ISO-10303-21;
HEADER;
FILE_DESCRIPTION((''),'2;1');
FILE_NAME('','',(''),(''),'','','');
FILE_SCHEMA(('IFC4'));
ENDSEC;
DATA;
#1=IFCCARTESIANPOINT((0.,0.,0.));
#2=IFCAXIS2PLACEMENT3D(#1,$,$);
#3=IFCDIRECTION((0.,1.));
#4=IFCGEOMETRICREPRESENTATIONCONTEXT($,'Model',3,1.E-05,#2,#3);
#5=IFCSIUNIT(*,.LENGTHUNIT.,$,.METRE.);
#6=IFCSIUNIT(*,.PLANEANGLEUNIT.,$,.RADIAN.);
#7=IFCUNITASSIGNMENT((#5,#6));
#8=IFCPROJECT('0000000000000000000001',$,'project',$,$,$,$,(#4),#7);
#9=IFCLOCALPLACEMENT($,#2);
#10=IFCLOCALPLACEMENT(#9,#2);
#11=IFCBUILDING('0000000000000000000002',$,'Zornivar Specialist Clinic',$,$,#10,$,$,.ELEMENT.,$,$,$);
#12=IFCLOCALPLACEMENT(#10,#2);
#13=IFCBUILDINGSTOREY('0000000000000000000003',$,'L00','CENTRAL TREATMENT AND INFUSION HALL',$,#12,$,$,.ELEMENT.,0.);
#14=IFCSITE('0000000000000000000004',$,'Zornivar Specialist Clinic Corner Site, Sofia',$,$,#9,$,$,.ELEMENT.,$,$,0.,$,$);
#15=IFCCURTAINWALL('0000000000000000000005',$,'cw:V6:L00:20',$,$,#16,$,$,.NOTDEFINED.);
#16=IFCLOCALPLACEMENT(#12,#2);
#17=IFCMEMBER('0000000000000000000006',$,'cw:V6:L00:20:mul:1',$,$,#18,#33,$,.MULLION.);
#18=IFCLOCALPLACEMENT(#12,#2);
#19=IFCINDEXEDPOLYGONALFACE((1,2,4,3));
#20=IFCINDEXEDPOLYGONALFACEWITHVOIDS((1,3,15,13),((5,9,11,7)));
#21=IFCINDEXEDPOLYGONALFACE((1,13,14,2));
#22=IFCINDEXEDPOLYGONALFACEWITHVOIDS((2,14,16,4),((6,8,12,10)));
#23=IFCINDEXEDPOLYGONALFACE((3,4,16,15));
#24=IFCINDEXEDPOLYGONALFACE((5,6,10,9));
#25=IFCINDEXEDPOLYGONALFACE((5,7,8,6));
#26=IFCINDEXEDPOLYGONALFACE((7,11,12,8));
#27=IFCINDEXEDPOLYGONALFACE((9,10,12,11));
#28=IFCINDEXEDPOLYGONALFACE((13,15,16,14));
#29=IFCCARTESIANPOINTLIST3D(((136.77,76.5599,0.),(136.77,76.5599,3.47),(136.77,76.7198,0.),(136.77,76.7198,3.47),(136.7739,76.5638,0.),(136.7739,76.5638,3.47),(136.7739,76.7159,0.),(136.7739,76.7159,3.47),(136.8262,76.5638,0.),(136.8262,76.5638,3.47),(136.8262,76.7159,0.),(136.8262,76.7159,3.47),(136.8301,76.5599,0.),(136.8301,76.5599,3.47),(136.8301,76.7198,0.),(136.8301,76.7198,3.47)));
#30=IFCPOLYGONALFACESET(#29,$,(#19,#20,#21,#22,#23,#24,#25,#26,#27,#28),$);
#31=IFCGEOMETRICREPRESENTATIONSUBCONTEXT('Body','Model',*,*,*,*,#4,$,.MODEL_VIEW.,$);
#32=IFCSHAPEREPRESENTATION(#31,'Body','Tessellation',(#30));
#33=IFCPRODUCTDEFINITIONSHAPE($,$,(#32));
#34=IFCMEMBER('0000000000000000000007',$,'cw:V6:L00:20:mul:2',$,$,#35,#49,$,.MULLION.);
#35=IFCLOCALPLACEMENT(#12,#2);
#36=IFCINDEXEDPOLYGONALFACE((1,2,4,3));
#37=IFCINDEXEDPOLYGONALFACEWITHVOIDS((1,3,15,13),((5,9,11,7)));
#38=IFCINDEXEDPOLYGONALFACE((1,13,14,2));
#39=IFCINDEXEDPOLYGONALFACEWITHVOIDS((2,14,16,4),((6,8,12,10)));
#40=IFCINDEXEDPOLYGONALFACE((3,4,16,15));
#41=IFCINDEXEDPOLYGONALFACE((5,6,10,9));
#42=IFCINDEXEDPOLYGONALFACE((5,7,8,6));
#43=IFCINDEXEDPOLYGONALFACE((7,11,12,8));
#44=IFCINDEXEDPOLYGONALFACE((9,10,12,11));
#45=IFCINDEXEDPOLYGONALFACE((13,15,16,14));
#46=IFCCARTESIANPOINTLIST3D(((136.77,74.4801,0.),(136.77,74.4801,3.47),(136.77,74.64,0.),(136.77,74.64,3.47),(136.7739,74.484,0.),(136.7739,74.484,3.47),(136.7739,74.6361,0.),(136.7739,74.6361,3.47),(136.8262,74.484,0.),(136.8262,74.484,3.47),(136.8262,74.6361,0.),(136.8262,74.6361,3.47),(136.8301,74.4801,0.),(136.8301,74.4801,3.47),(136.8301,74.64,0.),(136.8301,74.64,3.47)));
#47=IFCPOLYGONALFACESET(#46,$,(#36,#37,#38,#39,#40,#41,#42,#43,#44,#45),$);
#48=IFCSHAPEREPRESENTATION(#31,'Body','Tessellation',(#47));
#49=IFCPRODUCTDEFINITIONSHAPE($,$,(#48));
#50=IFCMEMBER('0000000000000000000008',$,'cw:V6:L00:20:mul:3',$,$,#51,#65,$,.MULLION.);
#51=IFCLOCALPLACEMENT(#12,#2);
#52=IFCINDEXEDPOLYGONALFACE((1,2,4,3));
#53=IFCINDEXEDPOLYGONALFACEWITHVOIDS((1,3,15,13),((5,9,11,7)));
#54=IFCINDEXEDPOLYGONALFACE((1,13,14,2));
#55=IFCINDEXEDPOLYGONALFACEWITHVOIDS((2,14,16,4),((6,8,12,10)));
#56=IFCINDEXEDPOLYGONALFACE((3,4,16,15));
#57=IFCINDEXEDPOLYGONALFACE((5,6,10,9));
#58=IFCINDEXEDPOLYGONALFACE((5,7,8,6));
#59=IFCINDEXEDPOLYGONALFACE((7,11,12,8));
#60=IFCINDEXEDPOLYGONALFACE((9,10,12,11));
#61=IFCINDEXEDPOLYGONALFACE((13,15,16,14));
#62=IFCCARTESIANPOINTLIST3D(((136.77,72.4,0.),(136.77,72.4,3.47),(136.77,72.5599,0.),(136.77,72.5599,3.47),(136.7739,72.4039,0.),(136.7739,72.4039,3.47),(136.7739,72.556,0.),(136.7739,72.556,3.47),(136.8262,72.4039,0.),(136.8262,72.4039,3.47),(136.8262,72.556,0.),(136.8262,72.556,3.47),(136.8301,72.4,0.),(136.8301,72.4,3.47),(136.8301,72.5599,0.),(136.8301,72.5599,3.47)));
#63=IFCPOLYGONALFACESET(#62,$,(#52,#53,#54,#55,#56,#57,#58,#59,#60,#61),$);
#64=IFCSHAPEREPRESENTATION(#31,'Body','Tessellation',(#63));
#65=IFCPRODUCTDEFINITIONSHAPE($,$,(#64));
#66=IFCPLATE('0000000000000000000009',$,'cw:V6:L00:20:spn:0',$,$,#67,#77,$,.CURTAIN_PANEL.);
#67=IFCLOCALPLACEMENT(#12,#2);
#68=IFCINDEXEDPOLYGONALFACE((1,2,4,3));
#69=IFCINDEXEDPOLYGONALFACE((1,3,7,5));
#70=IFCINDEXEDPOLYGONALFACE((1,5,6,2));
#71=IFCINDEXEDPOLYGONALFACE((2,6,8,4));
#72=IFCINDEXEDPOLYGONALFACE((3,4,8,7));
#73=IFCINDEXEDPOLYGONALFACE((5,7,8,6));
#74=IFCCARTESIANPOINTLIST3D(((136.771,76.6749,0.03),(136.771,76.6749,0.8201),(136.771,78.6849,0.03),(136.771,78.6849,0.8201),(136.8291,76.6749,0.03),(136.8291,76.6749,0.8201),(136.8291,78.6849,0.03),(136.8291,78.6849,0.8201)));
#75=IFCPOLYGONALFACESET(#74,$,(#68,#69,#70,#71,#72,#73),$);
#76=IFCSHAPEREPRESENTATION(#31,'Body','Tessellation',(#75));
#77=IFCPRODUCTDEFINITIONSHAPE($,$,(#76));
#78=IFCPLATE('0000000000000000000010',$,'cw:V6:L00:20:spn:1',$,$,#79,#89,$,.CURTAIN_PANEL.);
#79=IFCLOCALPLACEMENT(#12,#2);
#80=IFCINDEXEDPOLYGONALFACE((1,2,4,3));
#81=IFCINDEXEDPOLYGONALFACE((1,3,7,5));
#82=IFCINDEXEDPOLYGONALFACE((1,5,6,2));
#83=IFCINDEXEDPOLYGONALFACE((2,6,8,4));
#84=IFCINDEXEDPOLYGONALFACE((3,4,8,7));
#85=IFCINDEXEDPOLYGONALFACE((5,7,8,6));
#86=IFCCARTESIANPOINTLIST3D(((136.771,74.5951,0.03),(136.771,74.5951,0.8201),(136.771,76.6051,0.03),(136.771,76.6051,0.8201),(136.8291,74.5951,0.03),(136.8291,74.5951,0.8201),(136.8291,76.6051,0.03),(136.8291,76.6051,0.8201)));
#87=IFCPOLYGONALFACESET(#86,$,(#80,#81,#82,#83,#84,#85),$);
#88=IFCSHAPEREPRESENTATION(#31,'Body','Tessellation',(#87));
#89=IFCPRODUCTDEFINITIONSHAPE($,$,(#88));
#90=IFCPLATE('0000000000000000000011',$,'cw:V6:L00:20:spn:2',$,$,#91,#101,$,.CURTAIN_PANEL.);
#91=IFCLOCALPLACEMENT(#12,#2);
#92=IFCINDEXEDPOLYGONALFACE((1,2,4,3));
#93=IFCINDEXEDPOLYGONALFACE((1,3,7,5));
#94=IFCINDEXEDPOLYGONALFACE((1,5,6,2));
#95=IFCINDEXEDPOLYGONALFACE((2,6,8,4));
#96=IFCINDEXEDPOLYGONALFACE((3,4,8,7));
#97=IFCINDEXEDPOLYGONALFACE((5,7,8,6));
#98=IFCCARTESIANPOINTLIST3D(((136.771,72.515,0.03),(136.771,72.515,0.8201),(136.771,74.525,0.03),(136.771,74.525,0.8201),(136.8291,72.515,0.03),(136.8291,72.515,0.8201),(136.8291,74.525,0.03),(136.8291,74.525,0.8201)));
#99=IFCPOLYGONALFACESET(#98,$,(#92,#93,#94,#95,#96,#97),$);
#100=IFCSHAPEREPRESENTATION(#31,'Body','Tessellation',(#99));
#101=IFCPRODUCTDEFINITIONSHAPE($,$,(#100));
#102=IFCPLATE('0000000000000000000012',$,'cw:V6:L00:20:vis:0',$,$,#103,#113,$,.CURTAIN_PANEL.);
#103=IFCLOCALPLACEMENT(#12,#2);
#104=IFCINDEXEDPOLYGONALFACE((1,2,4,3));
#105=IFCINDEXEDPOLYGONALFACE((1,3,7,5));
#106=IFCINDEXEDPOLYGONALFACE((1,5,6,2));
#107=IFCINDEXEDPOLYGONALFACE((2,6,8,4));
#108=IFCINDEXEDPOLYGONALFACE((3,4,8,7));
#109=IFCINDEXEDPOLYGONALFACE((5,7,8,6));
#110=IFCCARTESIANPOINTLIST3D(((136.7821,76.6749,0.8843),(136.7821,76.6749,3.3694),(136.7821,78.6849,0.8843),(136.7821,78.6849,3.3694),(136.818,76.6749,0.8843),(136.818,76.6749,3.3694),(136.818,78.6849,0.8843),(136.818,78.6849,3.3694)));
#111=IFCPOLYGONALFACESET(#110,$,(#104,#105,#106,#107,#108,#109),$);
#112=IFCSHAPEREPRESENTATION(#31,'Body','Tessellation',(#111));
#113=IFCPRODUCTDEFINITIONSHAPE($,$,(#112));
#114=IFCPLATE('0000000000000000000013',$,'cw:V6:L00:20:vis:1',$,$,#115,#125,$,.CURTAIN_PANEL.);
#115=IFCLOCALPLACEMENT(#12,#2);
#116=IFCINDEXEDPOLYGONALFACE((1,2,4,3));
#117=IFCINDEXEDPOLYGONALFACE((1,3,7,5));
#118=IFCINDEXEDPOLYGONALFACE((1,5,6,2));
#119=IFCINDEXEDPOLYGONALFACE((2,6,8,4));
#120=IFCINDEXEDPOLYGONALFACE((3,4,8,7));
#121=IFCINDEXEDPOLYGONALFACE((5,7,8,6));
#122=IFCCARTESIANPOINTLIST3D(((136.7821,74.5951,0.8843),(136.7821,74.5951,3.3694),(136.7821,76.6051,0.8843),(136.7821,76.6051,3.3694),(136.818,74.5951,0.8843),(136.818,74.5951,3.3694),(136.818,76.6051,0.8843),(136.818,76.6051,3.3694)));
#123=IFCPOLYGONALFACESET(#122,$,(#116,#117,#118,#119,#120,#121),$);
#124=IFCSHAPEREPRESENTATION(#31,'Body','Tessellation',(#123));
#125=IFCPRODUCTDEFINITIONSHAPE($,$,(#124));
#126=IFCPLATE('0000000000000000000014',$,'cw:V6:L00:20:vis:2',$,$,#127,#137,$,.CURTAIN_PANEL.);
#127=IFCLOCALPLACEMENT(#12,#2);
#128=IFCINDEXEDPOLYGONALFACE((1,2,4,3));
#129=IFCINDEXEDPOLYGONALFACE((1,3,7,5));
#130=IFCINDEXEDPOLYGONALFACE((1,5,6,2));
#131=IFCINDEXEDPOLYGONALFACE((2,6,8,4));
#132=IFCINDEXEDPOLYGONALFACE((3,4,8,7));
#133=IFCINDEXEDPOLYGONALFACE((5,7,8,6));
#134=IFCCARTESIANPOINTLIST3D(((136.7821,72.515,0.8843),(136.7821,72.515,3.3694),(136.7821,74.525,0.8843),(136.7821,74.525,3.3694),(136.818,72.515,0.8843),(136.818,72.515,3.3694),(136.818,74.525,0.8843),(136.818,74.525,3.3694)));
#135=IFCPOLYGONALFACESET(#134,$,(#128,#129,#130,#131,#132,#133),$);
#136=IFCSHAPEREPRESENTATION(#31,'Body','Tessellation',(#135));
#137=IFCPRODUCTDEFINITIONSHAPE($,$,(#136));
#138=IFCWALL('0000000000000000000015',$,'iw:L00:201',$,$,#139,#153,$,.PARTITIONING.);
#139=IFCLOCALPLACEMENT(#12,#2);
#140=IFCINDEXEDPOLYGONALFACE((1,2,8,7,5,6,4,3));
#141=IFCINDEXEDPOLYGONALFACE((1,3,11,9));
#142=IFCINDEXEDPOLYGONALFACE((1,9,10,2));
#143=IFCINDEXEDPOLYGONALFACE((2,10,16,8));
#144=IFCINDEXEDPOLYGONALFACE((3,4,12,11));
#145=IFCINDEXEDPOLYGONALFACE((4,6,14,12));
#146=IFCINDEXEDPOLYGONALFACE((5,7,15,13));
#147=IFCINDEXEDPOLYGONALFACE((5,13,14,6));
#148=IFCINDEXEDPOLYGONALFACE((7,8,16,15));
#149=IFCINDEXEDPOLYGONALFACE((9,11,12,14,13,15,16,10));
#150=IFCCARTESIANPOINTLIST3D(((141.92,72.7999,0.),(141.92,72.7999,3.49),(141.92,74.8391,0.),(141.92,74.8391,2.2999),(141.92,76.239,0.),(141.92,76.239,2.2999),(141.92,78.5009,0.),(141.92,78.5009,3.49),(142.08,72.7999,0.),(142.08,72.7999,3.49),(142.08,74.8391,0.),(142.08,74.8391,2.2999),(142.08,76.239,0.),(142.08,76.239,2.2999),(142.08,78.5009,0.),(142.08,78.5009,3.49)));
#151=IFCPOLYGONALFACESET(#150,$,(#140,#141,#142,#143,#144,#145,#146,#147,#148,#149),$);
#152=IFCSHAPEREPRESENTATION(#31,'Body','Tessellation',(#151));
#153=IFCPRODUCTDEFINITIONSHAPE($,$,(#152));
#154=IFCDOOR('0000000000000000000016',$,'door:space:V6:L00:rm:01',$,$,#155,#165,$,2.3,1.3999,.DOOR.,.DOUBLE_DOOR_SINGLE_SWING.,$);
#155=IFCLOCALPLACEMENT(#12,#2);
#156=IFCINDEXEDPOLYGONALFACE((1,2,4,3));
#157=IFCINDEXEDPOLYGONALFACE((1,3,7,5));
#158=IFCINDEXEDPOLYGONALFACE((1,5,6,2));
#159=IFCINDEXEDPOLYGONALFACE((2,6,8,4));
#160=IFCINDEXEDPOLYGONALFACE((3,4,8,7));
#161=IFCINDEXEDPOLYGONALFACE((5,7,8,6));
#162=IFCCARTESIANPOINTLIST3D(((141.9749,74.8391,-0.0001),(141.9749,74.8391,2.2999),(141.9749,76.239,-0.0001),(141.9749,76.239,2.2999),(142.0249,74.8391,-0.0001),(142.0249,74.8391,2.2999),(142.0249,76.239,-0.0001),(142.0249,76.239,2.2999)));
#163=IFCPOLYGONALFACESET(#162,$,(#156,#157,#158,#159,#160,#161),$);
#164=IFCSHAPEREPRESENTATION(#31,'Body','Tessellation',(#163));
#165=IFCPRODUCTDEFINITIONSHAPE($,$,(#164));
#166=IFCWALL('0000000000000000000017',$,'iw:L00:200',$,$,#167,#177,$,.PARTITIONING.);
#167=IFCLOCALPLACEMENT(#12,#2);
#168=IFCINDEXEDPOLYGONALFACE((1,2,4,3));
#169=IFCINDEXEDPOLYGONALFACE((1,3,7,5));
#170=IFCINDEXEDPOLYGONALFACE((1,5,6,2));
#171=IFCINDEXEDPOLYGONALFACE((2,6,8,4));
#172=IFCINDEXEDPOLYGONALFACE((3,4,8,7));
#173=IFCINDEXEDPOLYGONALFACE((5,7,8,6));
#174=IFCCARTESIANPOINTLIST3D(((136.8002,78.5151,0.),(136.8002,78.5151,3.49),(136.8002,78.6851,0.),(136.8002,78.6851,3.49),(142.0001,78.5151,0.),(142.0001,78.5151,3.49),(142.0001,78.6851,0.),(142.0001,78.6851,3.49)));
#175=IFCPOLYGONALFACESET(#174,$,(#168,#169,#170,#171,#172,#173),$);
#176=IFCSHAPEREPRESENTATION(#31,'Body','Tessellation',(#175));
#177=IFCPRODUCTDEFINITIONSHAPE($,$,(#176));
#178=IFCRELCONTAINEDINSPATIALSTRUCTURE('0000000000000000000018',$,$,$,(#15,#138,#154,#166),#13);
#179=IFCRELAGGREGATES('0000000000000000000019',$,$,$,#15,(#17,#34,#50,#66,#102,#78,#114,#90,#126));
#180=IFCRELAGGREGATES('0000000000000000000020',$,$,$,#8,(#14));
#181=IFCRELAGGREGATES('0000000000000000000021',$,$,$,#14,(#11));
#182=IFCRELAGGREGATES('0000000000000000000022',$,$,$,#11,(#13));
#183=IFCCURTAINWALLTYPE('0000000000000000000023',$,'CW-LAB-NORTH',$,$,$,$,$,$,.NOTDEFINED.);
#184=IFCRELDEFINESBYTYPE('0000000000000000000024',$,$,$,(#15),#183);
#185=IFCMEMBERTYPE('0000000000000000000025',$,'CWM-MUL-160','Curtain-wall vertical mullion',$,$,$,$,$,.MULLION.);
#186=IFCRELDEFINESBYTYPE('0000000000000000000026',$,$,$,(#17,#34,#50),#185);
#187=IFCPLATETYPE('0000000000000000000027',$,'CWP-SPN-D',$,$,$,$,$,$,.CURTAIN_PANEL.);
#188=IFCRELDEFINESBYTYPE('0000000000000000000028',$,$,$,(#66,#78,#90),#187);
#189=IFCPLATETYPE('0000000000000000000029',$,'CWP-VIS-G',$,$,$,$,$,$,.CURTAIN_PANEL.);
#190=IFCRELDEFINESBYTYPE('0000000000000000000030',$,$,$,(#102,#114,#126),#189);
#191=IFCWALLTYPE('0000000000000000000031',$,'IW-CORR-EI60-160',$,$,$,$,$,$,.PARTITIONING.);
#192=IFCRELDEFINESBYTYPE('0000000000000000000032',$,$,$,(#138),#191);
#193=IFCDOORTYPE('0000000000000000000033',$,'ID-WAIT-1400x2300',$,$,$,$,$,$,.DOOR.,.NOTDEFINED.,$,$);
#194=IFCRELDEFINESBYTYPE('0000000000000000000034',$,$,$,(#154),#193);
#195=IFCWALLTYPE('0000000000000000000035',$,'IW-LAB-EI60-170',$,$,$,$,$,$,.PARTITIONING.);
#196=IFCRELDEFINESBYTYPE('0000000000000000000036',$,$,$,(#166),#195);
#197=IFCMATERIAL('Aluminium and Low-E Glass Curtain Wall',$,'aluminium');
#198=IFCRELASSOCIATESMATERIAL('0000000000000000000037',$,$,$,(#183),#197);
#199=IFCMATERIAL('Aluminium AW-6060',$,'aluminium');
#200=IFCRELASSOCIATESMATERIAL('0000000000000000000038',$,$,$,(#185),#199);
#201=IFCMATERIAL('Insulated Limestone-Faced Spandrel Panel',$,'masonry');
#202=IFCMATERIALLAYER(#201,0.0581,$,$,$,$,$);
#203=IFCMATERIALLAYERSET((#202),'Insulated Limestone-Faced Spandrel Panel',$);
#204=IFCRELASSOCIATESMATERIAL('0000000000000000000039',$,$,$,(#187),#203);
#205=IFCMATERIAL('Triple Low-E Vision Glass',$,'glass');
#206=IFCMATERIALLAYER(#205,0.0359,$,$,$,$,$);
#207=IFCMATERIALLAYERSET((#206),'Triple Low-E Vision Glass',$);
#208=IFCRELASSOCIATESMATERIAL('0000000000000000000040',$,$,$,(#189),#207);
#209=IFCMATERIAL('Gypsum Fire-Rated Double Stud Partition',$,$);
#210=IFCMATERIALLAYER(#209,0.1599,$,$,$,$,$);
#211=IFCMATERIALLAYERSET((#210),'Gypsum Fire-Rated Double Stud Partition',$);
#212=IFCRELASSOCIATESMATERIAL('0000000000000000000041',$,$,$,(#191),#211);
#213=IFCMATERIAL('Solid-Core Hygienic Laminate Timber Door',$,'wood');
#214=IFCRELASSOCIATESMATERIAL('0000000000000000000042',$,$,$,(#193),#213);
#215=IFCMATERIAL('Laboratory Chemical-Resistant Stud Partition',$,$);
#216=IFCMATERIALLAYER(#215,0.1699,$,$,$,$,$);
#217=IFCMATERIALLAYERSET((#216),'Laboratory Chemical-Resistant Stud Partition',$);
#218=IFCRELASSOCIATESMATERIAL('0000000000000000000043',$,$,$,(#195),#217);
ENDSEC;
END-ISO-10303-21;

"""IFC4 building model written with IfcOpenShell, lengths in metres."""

from ifc_helpers import new_model, si_unit, direction, frame, frame_2d, origin, origin_2d, place, context, subcontext, project, spatial, rectangle, hollow_rectangle, extrude, material, layer, layer_set, material_profile, profile_set, type_object, element, fill, aggregate, save


model = new_model("IFC4")

# Units and contexts
model_context = context("Model", 3, precision=1e-05, world=origin(), true_north=direction((0.0, 1.0)))
body_context = subcontext(model_context, "Body", "Model", "MODEL_VIEW")
ifc_project = project(units=[si_unit("LENGTHUNIT", "METRE"), si_unit("PLANEANGLEUNIT", "RADIAN")], contexts=[model_context])

# Site, building, storey
site_placement = place(None, origin())
site = spatial("IfcSite", under=ifc_project, at=site_placement, Name="Zornivar Specialist Clinic Corner Site, Sofia", CompositionType="ELEMENT", RefElevation=0.0)
building_placement = place(site_placement, origin())
building = spatial("IfcBuilding", under=site, at=building_placement, Name="Zornivar Specialist Clinic", CompositionType="ELEMENT")
storey_placement = place(building_placement, origin())
storey = spatial("IfcBuildingStorey", under=building, at=storey_placement, Name="L00", Description="CENTRAL TREATMENT AND INFUSION HALL", CompositionType="ELEMENT", Elevation=0.0)

# Curtain wall, members, plates
ifc_material_1 = material(Name="Aluminium and Low-E Glass Curtain Wall", Category="aluminium")
curtain_wall_type = type_object("IfcCurtainWallType", Name="CW-LAB-NORTH", PredefinedType="NOTDEFINED", material=ifc_material_1)
curtain_wall_placement = place(storey_placement, origin())
curtain_wall = element("IfcCurtainWall", 1, at=curtain_wall_placement, inside=storey, type_object=curtain_wall_type, Name="cw:V6:L00:20", PredefinedType="NOTDEFINED")
ifc_material_2 = material(Name="Aluminium AW-6060", Category="aluminium")
ifc_material_profile_1 = material_profile(ifc_material_2, hollow_rectangle(XDim=0.0601, YDim=0.1599, WallThickness=0.0039, at=origin_2d()), Name="ALU 60x160x4")
ifc_profile_set_1 = profile_set([ifc_material_profile_1], Name="Aluminium AW-6060")
member_type = type_object("IfcMemberType", Name="CWM-MUL-160", Description="Curtain-wall vertical mullion", PredefinedType="MULLION", material=ifc_profile_set_1)
member_1_placement = place(storey_placement, frame((136.8, 76.6399, 0.0), z_axis=(0.0, 0.0, 1.0), x_axis=(1.0, 0.0, 0.0)))
member_1 = element("IfcMember", 2, at=member_1_placement, type_object=member_type, Name="cw:V6:L00:20:mul:1", PredefinedType="MULLION", context=body_context, shape_type="SweptSolid", body=[
    extrude(hollow_rectangle(XDim=0.0601, YDim=0.1599, WallThickness=0.0039, at=origin_2d()), origin(), (0.0, 0.0, 1.0), 3.47),
])
member_2_placement = place(storey_placement, frame((136.8, 74.5601, 0.0), z_axis=(0.0, 0.0, 1.0), x_axis=(1.0, 0.0, 0.0)))
member_2 = element("IfcMember", 3, at=member_2_placement, type_object=member_type, Name="cw:V6:L00:20:mul:2", PredefinedType="MULLION", context=body_context, shape_type="SweptSolid", body=[
    extrude(hollow_rectangle(XDim=0.0601, YDim=0.1599, WallThickness=0.0039, at=origin_2d()), origin(), (0.0, 0.0, 1.0), 3.47),
])
member_3_placement = place(storey_placement, frame((136.8, 72.48, 0.0), z_axis=(0.0, 0.0, 1.0), x_axis=(1.0, 0.0, 0.0)))
member_3 = element("IfcMember", 4, at=member_3_placement, type_object=member_type, Name="cw:V6:L00:20:mul:3", PredefinedType="MULLION", context=body_context, shape_type="SweptSolid", body=[
    extrude(hollow_rectangle(XDim=0.0601, YDim=0.1599, WallThickness=0.0039, at=origin_2d()), origin(), (0.0, 0.0, 1.0), 3.47),
])
ifc_material_3 = material(Name="Insulated Limestone-Faced Spandrel Panel", Category="masonry")
ifc_layer_1 = layer(ifc_material_3, 0.0581)
ifc_layer_set_1 = layer_set([ifc_layer_1], Name="Insulated Limestone-Faced Spandrel Panel")
plate_type_1 = type_object("IfcPlateType", Name="CWP-SPN-D", PredefinedType="CURTAIN_PANEL", material=ifc_layer_set_1)
plate_1_placement = place(storey_placement, frame((136.8, 77.6799, 0.03), z_axis=(0.0, 0.0, 1.0), x_axis=(0.0, -1.0, 0.0)))
plate_1 = element("IfcPlate", 5, at=plate_1_placement, type_object=plate_type_1, Name="cw:V6:L00:20:spn:0", PredefinedType="CURTAIN_PANEL", context=body_context, shape_type="SweptSolid", body=[
    extrude(rectangle(XDim=2.01, YDim=0.0581, at=origin_2d()), origin(), (0.0, 0.0, 1.0), 0.79),
])
plate_2_placement = place(storey_placement, frame((136.8, 75.6001, 0.03), z_axis=(0.0, 0.0, 1.0), x_axis=(0.0, -1.0, 0.0)))
plate_2 = element("IfcPlate", 6, at=plate_2_placement, type_object=plate_type_1, Name="cw:V6:L00:20:spn:1", PredefinedType="CURTAIN_PANEL", context=body_context, shape_type="SweptSolid", body=[
    extrude(rectangle(XDim=2.01, YDim=0.0581, at=origin_2d()), origin(), (0.0, 0.0, 1.0), 0.79),
])
plate_3_placement = place(storey_placement, frame((136.8, 73.52, 0.03), z_axis=(0.0, 0.0, 1.0), x_axis=(0.0, -1.0, 0.0)))
plate_3 = element("IfcPlate", 7, at=plate_3_placement, type_object=plate_type_1, Name="cw:V6:L00:20:spn:2", PredefinedType="CURTAIN_PANEL", context=body_context, shape_type="SweptSolid", body=[
    extrude(rectangle(XDim=2.01, YDim=0.0581, at=origin_2d()), origin(), (0.0, 0.0, 1.0), 0.79),
])
ifc_material_4 = material(Name="Triple Low-E Vision Glass", Category="glass")
ifc_layer_2 = layer(ifc_material_4, 0.0359)
ifc_layer_set_2 = layer_set([ifc_layer_2], Name="Triple Low-E Vision Glass")
plate_type_2 = type_object("IfcPlateType", Name="CWP-VIS-G", PredefinedType="CURTAIN_PANEL", material=ifc_layer_set_2)
plate_4_placement = place(storey_placement, frame((136.8, 77.6799, 0.8843), z_axis=(0.0, 0.0, 1.0), x_axis=(0.0, -1.0, 0.0)))
plate_4 = element("IfcPlate", 8, at=plate_4_placement, type_object=plate_type_2, Name="cw:V6:L00:20:vis:0", PredefinedType="CURTAIN_PANEL", context=body_context, shape_type="SweptSolid", body=[
    extrude(rectangle(XDim=2.01, YDim=0.0359, at=origin_2d()), origin(), (0.0, 0.0, 1.0), 2.4851),
])
plate_5_placement = place(storey_placement, frame((136.8, 75.6001, 0.8843), z_axis=(0.0, 0.0, 1.0), x_axis=(0.0, -1.0, 0.0)))
plate_5 = element("IfcPlate", 9, at=plate_5_placement, type_object=plate_type_2, Name="cw:V6:L00:20:vis:1", PredefinedType="CURTAIN_PANEL", context=body_context, shape_type="SweptSolid", body=[
    extrude(rectangle(XDim=2.01, YDim=0.0359, at=origin_2d()), origin(), (0.0, 0.0, 1.0), 2.4851),
])
plate_6_placement = place(storey_placement, frame((136.8, 73.52, 0.8843), z_axis=(0.0, 0.0, 1.0), x_axis=(0.0, -1.0, 0.0)))
plate_6 = element("IfcPlate", 10, at=plate_6_placement, type_object=plate_type_2, Name="cw:V6:L00:20:vis:2", PredefinedType="CURTAIN_PANEL", context=body_context, shape_type="SweptSolid", body=[
    extrude(rectangle(XDim=2.01, YDim=0.0359, at=origin_2d()), origin(), (0.0, 0.0, 1.0), 2.4851),
])
aggregate(curtain_wall, [member_1, member_2, member_3, plate_1, plate_4, plate_2, plate_5, plate_3, plate_6])

# Wall, opening, door
ifc_material_5 = material(Name="Gypsum Fire-Rated Double Stud Partition")
ifc_layer_3 = layer(ifc_material_5, 0.1599)
ifc_layer_set_3 = layer_set([ifc_layer_3], Name="Gypsum Fire-Rated Double Stud Partition")
wall_type_1 = type_object("IfcWallType", Name="IW-CORR-EI60-160", PredefinedType="PARTITIONING", material=ifc_layer_set_3)
wall_1_placement = place(storey_placement, frame((142.0, 78.501, 0.0), z_axis=(0.0, 0.0, 1.0), x_axis=(0.0, -1.0, 0.0)))
wall_1 = element("IfcWall", 11, at=wall_1_placement, inside=storey, type_object=wall_type_1, Name="iw:L00:201", PredefinedType="PARTITIONING", context=body_context, shape_type="SweptSolid", body=[
    extrude(rectangle(XDim=5.7009, YDim=0.1599, at=frame_2d((2.8506, 0.0))), origin(), (0.0, 0.0, 1.0), 3.49),
])
opening_1_placement = place(wall_1_placement, frame((2.262, 0.0, 0.0)))
opening_1 = element("IfcOpeningElement", 12, at=opening_1_placement, cuts=wall_1, PredefinedType="OPENING", context=body_context, shape_type="SweptSolid", body=[
    extrude(rectangle(XDim=1.3999, YDim=2.3, at=frame_2d((0.7, 1.1499))), frame((0.0, 0.0898, 0.0), z_axis=(0.0, -1.0, 0.0), x_axis=(1.0, 0.0, 0.0)), (0.0, 0.0, 1.0), 0.1799),
])
ifc_material_6 = material(Name="Solid-Core Hygienic Laminate Timber Door", Category="wood")
door_type_1 = type_object("IfcDoorType", Name="ID-WAIT-1400x2300", OperationType="NOTDEFINED", PredefinedType="DOOR", material=ifc_material_6)
door_1_placement = place(opening_1_placement, origin())
door_1 = element("IfcDoor", 13, at=door_1_placement, inside=storey, type_object=door_type_1, Name="door:space:V6:L00:rm:01", OperationType="DOUBLE_DOOR_SINGLE_SWING", OverallHeight=2.3, OverallWidth=1.3999, PredefinedType="DOOR", context=body_context, shape_type="SweptSolid", body=[
    extrude(rectangle(XDim=1.3999, YDim=2.3, at=frame_2d((0.7, 1.1499))), frame((0.0, 0.0249, 0.0), z_axis=(0.0, -1.0, 0.0), x_axis=(1.0, 0.0, 0.0)), (0.0, 0.0, 1.0), 0.05),
])
fill(opening_1, door_1)

# Wall
ifc_material_7 = material(Name="Laboratory Chemical-Resistant Stud Partition")
ifc_layer_4 = layer(ifc_material_7, 0.1699)
ifc_layer_set_4 = layer_set([ifc_layer_4], Name="Laboratory Chemical-Resistant Stud Partition")
wall_type_2 = type_object("IfcWallType", Name="IW-LAB-EI60-170", PredefinedType="PARTITIONING", material=ifc_layer_set_4)
wall_2_placement = place(storey_placement, frame((136.8, 78.6001, 0.0), z_axis=(0.0, 0.0, 1.0), x_axis=(1.0, 0.0, 0.0)))
element("IfcWall", 14, at=wall_2_placement, inside=storey, type_object=wall_type_2, Name="iw:L00:200", PredefinedType="PARTITIONING", context=body_context, shape_type="SweptSolid", body=[
    extrude(rectangle(XDim=5.2, YDim=0.1699, at=frame_2d((2.6001, 0.0))), origin(), (0.0, 0.0, 1.0), 3.49),
])

save(model, "model.ifc")
